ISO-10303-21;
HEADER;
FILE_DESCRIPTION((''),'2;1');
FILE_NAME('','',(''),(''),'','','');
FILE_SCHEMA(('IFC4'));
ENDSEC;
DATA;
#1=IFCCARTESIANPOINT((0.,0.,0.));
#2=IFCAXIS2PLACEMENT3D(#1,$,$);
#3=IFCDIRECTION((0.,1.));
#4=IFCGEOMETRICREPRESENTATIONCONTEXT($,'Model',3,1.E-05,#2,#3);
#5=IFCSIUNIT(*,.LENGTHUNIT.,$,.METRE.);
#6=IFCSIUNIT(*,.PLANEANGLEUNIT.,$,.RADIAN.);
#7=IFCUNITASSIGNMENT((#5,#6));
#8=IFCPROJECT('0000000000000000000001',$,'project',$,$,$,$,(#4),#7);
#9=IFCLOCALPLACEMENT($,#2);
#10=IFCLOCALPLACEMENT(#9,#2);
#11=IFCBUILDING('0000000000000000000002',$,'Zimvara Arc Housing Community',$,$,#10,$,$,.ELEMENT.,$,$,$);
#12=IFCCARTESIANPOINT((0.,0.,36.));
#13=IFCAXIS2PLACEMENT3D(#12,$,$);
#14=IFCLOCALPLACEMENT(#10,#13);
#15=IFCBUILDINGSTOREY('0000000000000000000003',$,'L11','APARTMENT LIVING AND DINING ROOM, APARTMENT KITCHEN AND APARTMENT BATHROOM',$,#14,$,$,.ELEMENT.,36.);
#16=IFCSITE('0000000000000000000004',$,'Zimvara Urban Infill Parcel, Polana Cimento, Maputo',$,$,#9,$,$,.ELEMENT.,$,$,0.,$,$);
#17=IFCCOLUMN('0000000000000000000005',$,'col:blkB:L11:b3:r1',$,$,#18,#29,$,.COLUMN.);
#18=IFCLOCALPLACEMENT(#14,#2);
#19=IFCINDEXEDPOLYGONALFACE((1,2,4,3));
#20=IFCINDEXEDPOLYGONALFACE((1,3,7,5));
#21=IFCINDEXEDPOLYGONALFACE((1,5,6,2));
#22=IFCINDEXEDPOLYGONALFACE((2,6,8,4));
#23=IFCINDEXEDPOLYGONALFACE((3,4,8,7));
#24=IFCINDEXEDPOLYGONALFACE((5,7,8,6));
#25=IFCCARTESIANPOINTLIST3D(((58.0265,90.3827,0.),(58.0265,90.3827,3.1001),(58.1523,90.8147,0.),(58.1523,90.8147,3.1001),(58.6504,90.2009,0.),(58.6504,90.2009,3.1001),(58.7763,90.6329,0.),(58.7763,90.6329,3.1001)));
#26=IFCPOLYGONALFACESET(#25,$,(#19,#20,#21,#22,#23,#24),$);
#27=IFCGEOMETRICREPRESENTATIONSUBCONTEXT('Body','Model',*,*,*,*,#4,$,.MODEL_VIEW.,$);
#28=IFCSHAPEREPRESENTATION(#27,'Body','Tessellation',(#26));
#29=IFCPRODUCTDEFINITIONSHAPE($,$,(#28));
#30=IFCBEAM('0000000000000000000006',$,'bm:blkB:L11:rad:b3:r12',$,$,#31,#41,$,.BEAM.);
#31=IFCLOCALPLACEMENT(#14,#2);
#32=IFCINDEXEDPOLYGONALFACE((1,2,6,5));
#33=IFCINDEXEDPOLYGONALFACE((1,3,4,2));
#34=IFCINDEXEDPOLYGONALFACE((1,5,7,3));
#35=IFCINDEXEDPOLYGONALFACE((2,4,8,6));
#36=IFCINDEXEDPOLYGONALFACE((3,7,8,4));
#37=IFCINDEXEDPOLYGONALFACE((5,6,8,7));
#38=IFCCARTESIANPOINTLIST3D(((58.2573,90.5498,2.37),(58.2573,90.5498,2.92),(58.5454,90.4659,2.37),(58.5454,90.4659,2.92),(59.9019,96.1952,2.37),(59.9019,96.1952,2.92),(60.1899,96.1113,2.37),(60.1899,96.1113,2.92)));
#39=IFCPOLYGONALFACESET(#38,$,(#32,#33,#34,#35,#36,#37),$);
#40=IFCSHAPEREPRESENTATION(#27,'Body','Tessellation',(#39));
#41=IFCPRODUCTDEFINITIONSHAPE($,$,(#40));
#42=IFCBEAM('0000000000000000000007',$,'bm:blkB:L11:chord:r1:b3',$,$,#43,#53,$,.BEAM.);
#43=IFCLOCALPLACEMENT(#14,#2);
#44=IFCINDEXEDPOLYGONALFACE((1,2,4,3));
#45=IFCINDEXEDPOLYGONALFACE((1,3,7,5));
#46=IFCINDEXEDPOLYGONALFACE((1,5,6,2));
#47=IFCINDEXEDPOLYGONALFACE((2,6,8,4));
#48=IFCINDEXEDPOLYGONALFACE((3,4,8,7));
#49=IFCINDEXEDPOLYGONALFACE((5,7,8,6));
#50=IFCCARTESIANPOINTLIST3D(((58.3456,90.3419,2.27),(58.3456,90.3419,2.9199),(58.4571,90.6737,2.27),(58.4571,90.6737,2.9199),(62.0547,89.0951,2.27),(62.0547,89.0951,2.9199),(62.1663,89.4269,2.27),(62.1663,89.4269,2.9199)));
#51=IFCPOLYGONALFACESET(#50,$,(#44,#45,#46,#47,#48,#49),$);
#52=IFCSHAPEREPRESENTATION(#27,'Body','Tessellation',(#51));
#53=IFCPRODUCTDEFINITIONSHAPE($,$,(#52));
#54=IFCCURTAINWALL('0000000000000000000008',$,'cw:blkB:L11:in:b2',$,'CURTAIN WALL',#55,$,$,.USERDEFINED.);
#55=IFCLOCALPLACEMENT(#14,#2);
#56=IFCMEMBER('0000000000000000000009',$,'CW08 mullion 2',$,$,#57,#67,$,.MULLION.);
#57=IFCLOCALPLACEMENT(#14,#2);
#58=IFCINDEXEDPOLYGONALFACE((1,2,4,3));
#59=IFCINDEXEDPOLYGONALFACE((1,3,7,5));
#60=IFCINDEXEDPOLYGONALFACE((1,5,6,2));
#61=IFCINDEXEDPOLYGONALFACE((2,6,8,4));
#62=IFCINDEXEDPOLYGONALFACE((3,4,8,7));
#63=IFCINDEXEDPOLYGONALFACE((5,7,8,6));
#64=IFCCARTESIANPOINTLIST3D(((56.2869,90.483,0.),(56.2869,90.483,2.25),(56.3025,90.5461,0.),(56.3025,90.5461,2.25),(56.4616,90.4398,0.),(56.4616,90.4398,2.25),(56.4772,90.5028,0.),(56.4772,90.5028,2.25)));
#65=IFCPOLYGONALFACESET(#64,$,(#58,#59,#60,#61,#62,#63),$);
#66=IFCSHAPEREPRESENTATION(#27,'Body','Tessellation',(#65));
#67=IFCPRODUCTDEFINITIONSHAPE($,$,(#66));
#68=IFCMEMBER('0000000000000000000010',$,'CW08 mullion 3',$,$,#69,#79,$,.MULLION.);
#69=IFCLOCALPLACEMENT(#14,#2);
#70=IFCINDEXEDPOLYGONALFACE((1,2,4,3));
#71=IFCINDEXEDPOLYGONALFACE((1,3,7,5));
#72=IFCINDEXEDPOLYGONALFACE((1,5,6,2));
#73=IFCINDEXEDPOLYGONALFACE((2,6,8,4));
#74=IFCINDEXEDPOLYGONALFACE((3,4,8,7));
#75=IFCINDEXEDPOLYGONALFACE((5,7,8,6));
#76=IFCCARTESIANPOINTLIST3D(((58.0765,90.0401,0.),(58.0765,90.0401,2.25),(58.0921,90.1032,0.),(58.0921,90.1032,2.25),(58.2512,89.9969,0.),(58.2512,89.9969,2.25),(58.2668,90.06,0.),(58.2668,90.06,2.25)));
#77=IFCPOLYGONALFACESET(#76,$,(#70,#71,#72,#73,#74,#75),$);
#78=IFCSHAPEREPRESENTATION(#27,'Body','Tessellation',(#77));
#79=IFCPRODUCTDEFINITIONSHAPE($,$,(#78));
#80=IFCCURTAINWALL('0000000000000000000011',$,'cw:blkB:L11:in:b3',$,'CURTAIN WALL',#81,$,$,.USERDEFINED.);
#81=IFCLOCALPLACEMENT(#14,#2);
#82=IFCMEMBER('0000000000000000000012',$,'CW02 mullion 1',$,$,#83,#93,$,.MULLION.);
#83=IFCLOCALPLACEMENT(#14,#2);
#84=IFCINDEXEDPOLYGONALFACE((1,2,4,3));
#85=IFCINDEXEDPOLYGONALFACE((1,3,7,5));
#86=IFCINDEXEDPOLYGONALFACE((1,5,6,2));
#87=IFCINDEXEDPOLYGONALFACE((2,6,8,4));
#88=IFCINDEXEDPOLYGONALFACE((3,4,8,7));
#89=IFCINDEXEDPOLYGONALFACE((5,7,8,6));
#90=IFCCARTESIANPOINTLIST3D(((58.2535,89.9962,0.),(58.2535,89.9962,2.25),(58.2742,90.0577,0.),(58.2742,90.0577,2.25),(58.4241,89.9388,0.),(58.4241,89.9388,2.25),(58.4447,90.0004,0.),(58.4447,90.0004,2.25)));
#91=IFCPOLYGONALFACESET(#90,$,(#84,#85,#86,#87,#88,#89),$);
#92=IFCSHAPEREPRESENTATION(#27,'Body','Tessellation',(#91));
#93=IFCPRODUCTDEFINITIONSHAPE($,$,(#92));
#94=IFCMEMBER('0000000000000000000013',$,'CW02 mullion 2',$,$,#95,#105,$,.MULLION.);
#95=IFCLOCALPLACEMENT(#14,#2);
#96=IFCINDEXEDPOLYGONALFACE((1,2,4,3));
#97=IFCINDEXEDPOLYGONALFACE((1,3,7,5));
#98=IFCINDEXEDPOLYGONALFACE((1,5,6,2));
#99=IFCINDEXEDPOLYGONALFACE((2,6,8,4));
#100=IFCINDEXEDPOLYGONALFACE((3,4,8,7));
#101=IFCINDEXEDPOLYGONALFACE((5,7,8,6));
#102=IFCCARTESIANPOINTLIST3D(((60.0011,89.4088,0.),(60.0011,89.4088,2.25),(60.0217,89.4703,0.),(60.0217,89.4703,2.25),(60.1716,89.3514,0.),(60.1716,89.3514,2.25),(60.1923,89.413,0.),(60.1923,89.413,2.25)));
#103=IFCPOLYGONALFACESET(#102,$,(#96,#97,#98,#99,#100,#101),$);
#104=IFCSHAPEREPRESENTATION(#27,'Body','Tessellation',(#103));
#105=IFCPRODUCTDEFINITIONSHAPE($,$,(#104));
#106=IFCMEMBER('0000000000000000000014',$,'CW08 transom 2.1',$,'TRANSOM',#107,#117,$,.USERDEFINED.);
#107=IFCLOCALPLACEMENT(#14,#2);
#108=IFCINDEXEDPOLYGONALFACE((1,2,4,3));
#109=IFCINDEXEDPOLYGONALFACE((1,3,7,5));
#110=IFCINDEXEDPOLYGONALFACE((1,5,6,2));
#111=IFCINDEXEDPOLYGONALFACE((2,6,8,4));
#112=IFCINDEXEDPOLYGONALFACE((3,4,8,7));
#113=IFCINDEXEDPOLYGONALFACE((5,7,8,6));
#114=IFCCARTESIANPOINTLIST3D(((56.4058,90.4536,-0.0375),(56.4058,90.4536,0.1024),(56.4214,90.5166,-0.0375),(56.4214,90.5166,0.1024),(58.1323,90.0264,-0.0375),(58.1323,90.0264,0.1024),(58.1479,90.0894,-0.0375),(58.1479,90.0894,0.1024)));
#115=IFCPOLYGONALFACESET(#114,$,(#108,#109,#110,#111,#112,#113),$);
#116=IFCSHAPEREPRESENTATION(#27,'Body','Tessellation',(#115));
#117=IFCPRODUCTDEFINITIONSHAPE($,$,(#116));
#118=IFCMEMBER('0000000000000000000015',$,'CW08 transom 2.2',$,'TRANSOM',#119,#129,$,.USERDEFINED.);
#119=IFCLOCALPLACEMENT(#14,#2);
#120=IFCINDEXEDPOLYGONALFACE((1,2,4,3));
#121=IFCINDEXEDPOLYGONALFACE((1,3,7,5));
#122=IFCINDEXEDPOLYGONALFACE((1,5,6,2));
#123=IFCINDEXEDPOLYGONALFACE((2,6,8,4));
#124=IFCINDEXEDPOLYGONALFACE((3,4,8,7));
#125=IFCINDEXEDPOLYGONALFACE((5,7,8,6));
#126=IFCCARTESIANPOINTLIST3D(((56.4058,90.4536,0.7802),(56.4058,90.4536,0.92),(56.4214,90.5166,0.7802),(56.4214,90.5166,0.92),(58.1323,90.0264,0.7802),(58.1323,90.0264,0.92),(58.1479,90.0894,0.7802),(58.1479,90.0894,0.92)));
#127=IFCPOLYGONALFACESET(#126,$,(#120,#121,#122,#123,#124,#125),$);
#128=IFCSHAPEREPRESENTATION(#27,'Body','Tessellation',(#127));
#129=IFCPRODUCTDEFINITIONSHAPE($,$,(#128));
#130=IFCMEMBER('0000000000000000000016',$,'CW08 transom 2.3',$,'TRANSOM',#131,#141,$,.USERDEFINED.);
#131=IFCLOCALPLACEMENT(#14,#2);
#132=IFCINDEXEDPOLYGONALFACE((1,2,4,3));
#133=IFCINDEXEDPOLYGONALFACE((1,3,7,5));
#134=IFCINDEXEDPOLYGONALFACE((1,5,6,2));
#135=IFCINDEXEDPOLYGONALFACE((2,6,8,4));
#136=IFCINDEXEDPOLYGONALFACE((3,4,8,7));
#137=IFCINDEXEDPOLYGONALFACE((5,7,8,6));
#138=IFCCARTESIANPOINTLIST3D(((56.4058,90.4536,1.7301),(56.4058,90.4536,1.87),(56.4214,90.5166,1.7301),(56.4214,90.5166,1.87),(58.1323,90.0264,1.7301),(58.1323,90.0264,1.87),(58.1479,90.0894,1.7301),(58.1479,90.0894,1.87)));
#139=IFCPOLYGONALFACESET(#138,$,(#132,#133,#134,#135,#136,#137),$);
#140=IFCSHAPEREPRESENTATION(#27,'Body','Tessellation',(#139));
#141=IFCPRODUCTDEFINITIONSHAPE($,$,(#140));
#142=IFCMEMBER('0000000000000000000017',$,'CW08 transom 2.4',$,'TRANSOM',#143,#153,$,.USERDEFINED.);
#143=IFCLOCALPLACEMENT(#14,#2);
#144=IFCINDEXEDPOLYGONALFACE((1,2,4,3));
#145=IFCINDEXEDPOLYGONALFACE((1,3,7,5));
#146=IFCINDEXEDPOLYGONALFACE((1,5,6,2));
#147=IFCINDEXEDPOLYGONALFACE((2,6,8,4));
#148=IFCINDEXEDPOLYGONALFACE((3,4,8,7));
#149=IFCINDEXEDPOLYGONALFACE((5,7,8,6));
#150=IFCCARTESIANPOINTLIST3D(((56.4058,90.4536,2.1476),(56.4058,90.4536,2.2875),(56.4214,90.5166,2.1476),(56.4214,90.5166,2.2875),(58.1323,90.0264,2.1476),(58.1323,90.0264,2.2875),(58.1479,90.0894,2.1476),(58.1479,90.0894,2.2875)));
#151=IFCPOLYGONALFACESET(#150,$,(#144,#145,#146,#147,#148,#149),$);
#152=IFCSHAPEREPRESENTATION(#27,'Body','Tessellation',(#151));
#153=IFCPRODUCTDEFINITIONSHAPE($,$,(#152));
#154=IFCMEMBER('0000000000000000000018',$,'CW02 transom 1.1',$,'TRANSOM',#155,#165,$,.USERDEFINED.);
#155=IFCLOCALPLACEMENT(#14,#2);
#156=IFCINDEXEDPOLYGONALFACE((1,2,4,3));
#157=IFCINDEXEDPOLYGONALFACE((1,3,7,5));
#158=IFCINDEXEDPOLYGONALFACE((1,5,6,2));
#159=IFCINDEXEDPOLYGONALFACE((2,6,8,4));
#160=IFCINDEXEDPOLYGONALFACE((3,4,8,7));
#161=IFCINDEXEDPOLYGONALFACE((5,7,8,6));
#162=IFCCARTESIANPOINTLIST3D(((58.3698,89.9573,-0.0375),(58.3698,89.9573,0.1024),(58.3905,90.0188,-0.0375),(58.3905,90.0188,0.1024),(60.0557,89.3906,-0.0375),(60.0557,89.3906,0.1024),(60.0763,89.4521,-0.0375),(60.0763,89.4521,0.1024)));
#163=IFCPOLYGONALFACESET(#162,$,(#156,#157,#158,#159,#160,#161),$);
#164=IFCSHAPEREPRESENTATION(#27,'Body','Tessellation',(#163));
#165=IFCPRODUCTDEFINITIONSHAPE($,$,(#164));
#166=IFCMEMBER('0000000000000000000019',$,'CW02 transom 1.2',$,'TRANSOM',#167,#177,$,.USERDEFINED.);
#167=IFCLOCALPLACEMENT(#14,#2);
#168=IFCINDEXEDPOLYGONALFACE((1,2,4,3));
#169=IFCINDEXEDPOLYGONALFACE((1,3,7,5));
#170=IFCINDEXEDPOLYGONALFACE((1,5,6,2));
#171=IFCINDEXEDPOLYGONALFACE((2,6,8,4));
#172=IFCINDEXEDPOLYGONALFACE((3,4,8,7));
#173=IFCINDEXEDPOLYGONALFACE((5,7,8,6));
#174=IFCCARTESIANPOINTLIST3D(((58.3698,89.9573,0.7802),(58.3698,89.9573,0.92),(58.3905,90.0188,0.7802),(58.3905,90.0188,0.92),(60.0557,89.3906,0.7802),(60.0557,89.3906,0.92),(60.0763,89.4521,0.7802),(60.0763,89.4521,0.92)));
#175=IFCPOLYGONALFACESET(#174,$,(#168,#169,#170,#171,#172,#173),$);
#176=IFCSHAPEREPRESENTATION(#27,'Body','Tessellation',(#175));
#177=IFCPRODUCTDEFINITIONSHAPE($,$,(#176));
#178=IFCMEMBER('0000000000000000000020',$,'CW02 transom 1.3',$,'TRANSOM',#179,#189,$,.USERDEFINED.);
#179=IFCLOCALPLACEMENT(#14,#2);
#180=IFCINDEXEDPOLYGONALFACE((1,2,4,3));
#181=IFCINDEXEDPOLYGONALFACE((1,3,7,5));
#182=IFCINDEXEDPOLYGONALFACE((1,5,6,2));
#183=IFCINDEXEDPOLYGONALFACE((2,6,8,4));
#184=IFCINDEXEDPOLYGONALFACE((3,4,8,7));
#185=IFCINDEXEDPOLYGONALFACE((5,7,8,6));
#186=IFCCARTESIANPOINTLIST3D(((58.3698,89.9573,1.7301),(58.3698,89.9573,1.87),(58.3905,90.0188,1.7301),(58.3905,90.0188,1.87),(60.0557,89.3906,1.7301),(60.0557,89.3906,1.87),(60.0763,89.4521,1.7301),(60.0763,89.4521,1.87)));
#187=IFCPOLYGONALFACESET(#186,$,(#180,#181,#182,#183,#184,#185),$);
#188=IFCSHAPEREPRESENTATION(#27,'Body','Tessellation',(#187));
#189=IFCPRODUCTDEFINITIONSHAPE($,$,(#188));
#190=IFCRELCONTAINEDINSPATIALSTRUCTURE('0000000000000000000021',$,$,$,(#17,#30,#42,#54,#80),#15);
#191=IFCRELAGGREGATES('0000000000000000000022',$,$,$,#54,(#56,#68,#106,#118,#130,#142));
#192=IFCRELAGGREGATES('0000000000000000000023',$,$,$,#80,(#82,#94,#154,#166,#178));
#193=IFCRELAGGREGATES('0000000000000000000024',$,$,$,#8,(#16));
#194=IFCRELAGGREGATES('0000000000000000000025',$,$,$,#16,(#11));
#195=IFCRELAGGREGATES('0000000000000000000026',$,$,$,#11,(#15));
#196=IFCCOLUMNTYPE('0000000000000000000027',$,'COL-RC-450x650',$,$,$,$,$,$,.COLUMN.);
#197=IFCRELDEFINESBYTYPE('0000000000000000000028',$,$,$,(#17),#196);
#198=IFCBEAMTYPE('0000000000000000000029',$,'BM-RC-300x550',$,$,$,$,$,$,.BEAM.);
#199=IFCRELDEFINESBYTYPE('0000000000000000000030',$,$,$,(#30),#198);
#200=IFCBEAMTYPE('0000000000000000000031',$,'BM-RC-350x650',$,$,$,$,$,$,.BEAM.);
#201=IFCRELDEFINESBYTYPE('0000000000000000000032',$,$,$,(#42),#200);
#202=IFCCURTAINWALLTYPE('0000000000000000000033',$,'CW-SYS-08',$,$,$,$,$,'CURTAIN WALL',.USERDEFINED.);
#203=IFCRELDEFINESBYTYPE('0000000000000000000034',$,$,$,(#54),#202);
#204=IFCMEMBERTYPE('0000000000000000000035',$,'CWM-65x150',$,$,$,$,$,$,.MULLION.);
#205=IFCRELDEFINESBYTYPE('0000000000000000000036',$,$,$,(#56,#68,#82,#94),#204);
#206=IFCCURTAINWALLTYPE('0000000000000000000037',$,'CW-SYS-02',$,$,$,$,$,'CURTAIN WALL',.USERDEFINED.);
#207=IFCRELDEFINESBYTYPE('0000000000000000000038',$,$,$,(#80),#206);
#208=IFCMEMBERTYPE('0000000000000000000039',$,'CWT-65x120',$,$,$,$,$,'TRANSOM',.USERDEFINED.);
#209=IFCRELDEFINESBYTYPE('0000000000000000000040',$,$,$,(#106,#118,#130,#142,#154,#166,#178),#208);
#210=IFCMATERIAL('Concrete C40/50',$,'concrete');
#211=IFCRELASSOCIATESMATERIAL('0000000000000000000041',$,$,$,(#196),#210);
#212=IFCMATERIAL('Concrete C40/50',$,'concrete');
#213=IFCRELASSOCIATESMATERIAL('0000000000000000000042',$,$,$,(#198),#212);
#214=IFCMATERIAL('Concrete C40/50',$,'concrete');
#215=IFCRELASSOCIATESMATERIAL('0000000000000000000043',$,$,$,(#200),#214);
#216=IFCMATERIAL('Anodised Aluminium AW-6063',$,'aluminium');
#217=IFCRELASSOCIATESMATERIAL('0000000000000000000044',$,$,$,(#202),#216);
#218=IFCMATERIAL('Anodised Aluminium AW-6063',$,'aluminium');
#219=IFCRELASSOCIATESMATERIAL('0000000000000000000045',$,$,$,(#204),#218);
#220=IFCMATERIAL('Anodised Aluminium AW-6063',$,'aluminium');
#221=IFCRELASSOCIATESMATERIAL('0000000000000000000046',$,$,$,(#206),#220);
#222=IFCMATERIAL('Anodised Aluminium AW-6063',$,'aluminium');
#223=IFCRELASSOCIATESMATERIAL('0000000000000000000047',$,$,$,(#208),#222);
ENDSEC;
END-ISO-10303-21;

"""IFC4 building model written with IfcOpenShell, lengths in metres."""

from ifc_helpers import new_model, si_unit, direction, frame, origin, origin_2d, place, context, subcontext, project, spatial, rectangle, extrude, material, material_profile, profile_set, type_object, element, aggregate, save


model = new_model("IFC4")

# Units and contexts
model_context = context("Model", 3, precision=1e-05, world=origin(), true_north=direction((0.0, 1.0)))
body_context = subcontext(model_context, "Body", "Model", "MODEL_VIEW")
ifc_project = project(units=[si_unit("LENGTHUNIT", "METRE"), si_unit("PLANEANGLEUNIT", "RADIAN")], contexts=[model_context])

# Site, building, storey
site_placement = place(None, origin())
site = spatial("IfcSite", under=ifc_project, at=site_placement, Name="Zimvara Urban Infill Parcel, Polana Cimento, Maputo", CompositionType="ELEMENT", RefElevation=0.0)
building_placement = place(site_placement, origin())
building = spatial("IfcBuilding", under=site, at=building_placement, Name="Zimvara Arc Housing Community", CompositionType="ELEMENT")
storey_placement = place(building_placement, frame((0.0, 0.0, 36.0)))
storey = spatial("IfcBuildingStorey", under=building, at=storey_placement, Name="L11", Description="APARTMENT LIVING AND DINING ROOM, APARTMENT KITCHEN AND APARTMENT BATHROOM", CompositionType="ELEMENT", Elevation=36.0)

# Column
ifc_material_1 = material(Name="Concrete C40/50", Category="concrete")
ifc_material_profile_1 = material_profile(ifc_material_1, rectangle(XDim=0.45, YDim=0.6499, at=origin_2d()), Name="RC 450x650")
ifc_profile_set_1 = profile_set([ifc_material_profile_1], Name="Concrete C40/50")
column_type = type_object("IfcColumnType", Name="COL-RC-450x650", PredefinedType="COLUMN", material=ifc_profile_set_1)
column_placement = place(storey_placement, frame((58.4014, 90.5078, 0.0), z_axis=(0.0, 0.0, 1.0), x_axis=(0.279661, 0.960099, 0.0)))
element("IfcColumn", 1, at=column_placement, inside=storey, type_object=column_type, Name="col:blkB:L11:b3:r1", PredefinedType="COLUMN", context=body_context, shape_type="SweptSolid", body=[
    extrude(rectangle(XDim=0.45, YDim=0.6499, at=origin_2d()), origin(), (0.0, 0.0, 1.0), 3.1001),
])

# Beams
ifc_material_2 = material(Name="Concrete C40/50", Category="concrete")
ifc_material_profile_2 = material_profile(ifc_material_2, rectangle(XDim=0.3, YDim=0.55, at=origin_2d()), Name="RC 300x550")
ifc_profile_set_2 = profile_set([ifc_material_profile_2], Name="Concrete C40/50")
beam_type_1 = type_object("IfcBeamType", Name="BM-RC-300x550", PredefinedType="BEAM", material=ifc_profile_set_2)
beam_1_placement = place(storey_placement, frame((58.4014, 90.5078, 2.645), z_axis=(0.279675, 0.960095, 0.0), x_axis=(-0.960095, 0.279675, 0.0)))
element("IfcBeam", 2, at=beam_1_placement, inside=storey, type_object=beam_type_1, Name="bm:blkB:L11:rad:b3:r12", PredefinedType="BEAM", context=body_context, shape_type="SweptSolid", body=[
    extrude(rectangle(XDim=0.3, YDim=0.55, at=origin_2d()), origin(), (0.0, 0.0, 1.0), 5.8801),
])
ifc_material_3 = material(Name="Concrete C40/50", Category="concrete")
ifc_material_profile_3 = material_profile(ifc_material_3, rectangle(XDim=0.3501, YDim=0.6499, at=origin_2d()), Name="RC 350x650")
ifc_profile_set_3 = profile_set([ifc_material_profile_3], Name="Concrete C40/50")
beam_type_2 = type_object("IfcBeamType", Name="BM-RC-350x650", PredefinedType="BEAM", material=ifc_profile_set_3)
beam_2_placement = place(storey_placement, frame((58.4014, 90.5078, 2.595), z_axis=(0.947882, -0.318623, 0.0), x_axis=(0.318623, 0.947882, 0.0)))
element("IfcBeam", 3, at=beam_2_placement, inside=storey, type_object=beam_type_2, Name="bm:blkB:L11:chord:r1:b3", PredefinedType="BEAM", context=body_context, shape_type="SweptSolid", body=[
    extrude(rectangle(XDim=0.3501, YDim=0.6499, at=origin_2d()), origin(), (0.0, 0.0, 1.0), 3.9131),
])

# Curtain walls, members
ifc_material_4 = material(Name="Anodised Aluminium AW-6063", Category="aluminium")
curtain_wall_type_1 = type_object("IfcCurtainWallType", Name="CW-SYS-08", ElementType="CURTAIN WALL", PredefinedType="USERDEFINED", material=ifc_material_4)
curtain_wall_1_placement = place(storey_placement, origin())
curtain_wall_1 = element("IfcCurtainWall", 4, at=curtain_wall_1_placement, inside=storey, type_object=curtain_wall_type_1, Name="cw:blkB:L11:in:b2", ObjectType="CURTAIN WALL", PredefinedType="USERDEFINED")
ifc_material_5 = material(Name="Anodised Aluminium AW-6063", Category="aluminium")
ifc_material_profile_4 = material_profile(ifc_material_5, rectangle(XDim=0.0649, YDim=0.1799, at=origin_2d()), Name="ALU 65x180")
ifc_profile_set_4 = profile_set([ifc_material_profile_4], Name="Anodised Aluminium AW-6063")
member_type_1 = type_object("IfcMemberType", Name="CWM-65x150", PredefinedType="MULLION", material=ifc_profile_set_4)
member_1_placement = place(storey_placement, frame((56.3821, 90.4929, 0.0), z_axis=(0.0, 0.0, 1.0), x_axis=(0.240229, 0.970716, 0.0)))
member_1 = element("IfcMember", 5, at=member_1_placement, type_object=member_type_1, Name="CW08 mullion 2", PredefinedType="MULLION", context=body_context, shape_type="SweptSolid", body=[
    extrude(rectangle(XDim=0.0649, YDim=0.1799, at=origin_2d()), origin(), (0.0, 0.0, 1.0), 2.25),
])
member_2_placement = place(storey_placement, frame((58.1716, 90.05, 0.0), z_axis=(0.0, 0.0, 1.0), x_axis=(0.240229, 0.970716, 0.0)))
member_2 = element("IfcMember", 6, at=member_2_placement, type_object=member_type_1, Name="CW08 mullion 3", PredefinedType="MULLION", context=body_context, shape_type="SweptSolid", body=[
    extrude(rectangle(XDim=0.0649, YDim=0.1799, at=origin_2d()), origin(), (0.0, 0.0, 1.0), 2.25),
])
ifc_material_6 = material(Name="Anodised Aluminium AW-6063", Category="aluminium")
curtain_wall_type_2 = type_object("IfcCurtainWallType", Name="CW-SYS-02", ElementType="CURTAIN WALL", PredefinedType="USERDEFINED", material=ifc_material_6)
curtain_wall_2_placement = place(storey_placement, origin())
curtain_wall_2 = element("IfcCurtainWall", 7, at=curtain_wall_2_placement, inside=storey, type_object=curtain_wall_type_2, Name="cw:blkB:L11:in:b3", ObjectType="CURTAIN WALL", PredefinedType="USERDEFINED")
member_3_placement = place(storey_placement, frame((58.3491, 89.9983, 0.0), z_axis=(0.0, 0.0, 1.0), x_axis=(0.318627, 0.94788, 0.0)))
member_3 = element("IfcMember", 8, at=member_3_placement, type_object=member_type_1, Name="CW02 mullion 1", PredefinedType="MULLION", context=body_context, shape_type="SweptSolid", body=[
    extrude(rectangle(XDim=0.0649, YDim=0.1799, at=origin_2d()), origin(), (0.0, 0.0, 1.0), 2.25),
])
member_4_placement = place(storey_placement, frame((60.0967, 89.4109, 0.0), z_axis=(0.0, 0.0, 1.0), x_axis=(0.318627, 0.94788, 0.0)))
member_4 = element("IfcMember", 9, at=member_4_placement, type_object=member_type_1, Name="CW02 mullion 2", PredefinedType="MULLION", context=body_context, shape_type="SweptSolid", body=[
    extrude(rectangle(XDim=0.0649, YDim=0.1799, at=origin_2d()), origin(), (0.0, 0.0, 1.0), 2.25),
])

# Members
ifc_material_7 = material(Name="Anodised Aluminium AW-6063", Category="aluminium")
ifc_material_profile_5 = material_profile(ifc_material_7, rectangle(XDim=0.0649, YDim=0.1399, at=origin_2d()), Name="ALU 65x140")
ifc_profile_set_5 = profile_set([ifc_material_profile_5], Name="Anodised Aluminium AW-6063")
member_type_2 = type_object("IfcMemberType", Name="CWT-65x120", ElementType="TRANSOM", PredefinedType="USERDEFINED", material=ifc_profile_set_5)
member_5_placement = place(storey_placement, frame((56.4136, 90.4851, 0.0325), z_axis=(0.970721, -0.24021, 0.0), x_axis=(0.24021, 0.970721, 0.0)))
member_5 = element("IfcMember", 10, at=member_5_placement, type_object=member_type_2, Name="CW08 transom 2.1", ObjectType="TRANSOM", PredefinedType="USERDEFINED", context=body_context, shape_type="SweptSolid", body=[
    extrude(rectangle(XDim=0.0649, YDim=0.1399, at=origin_2d()), origin(), (0.0, 0.0, 1.0), 1.7786),
])
member_6_placement = place(storey_placement, frame((56.4136, 90.4851, 0.8501), z_axis=(0.970721, -0.24021, 0.0), x_axis=(0.24021, 0.970721, 0.0)))
member_6 = element("IfcMember", 11, at=member_6_placement, type_object=member_type_2, Name="CW08 transom 2.2", ObjectType="TRANSOM", PredefinedType="USERDEFINED", context=body_context, shape_type="SweptSolid", body=[
    extrude(rectangle(XDim=0.0649, YDim=0.1399, at=origin_2d()), origin(), (0.0, 0.0, 1.0), 1.7786),
])
member_7_placement = place(storey_placement, frame((56.4136, 90.4851, 1.8), z_axis=(0.970721, -0.24021, 0.0), x_axis=(0.24021, 0.970721, 0.0)))
member_7 = element("IfcMember", 12, at=member_7_placement, type_object=member_type_2, Name="CW08 transom 2.3", ObjectType="TRANSOM", PredefinedType="USERDEFINED", context=body_context, shape_type="SweptSolid", body=[
    extrude(rectangle(XDim=0.0649, YDim=0.1399, at=origin_2d()), origin(), (0.0, 0.0, 1.0), 1.7786),
])
member_8_placement = place(storey_placement, frame((56.4136, 90.4851, 2.2175), z_axis=(0.970721, -0.24021, 0.0), x_axis=(0.24021, 0.970721, 0.0)))
member_8 = element("IfcMember", 13, at=member_8_placement, type_object=member_type_2, Name="CW08 transom 2.4", ObjectType="TRANSOM", PredefinedType="USERDEFINED", context=body_context, shape_type="SweptSolid", body=[
    extrude(rectangle(XDim=0.0649, YDim=0.1399, at=origin_2d()), origin(), (0.0, 0.0, 1.0), 1.7786),
])
member_9_placement = place(storey_placement, frame((58.3801, 89.988, 0.0325), z_axis=(0.947884, -0.318615, 0.0), x_axis=(0.318615, 0.947884, 0.0)))
member_9 = element("IfcMember", 14, at=member_9_placement, type_object=member_type_2, Name="CW02 transom 1.1", ObjectType="TRANSOM", PredefinedType="USERDEFINED", context=body_context, shape_type="SweptSolid", body=[
    extrude(rectangle(XDim=0.0649, YDim=0.1399, at=origin_2d()), origin(), (0.0, 0.0, 1.0), 1.7786),
])
member_10_placement = place(storey_placement, frame((58.3801, 89.988, 0.8501), z_axis=(0.947884, -0.318615, 0.0), x_axis=(0.318615, 0.947884, 0.0)))
member_10 = element("IfcMember", 15, at=member_10_placement, type_object=member_type_2, Name="CW02 transom 1.2", ObjectType="TRANSOM", PredefinedType="USERDEFINED", context=body_context, shape_type="SweptSolid", body=[
    extrude(rectangle(XDim=0.0649, YDim=0.1399, at=origin_2d()), origin(), (0.0, 0.0, 1.0), 1.7786),
])
member_11_placement = place(storey_placement, frame((58.3801, 89.988, 1.8), z_axis=(0.947884, -0.318615, 0.0), x_axis=(0.318615, 0.947884, 0.0)))
member_11 = element("IfcMember", 16, at=member_11_placement, type_object=member_type_2, Name="CW02 transom 1.3", ObjectType="TRANSOM", PredefinedType="USERDEFINED", context=body_context, shape_type="SweptSolid", body=[
    extrude(rectangle(XDim=0.0649, YDim=0.1399, at=origin_2d()), origin(), (0.0, 0.0, 1.0), 1.7786),
])

aggregate(curtain_wall_1, [member_1, member_2, member_5, member_6, member_7, member_8])
aggregate(curtain_wall_2, [member_3, member_4, member_9, member_10, member_11])

save(model, "model.ifc")
